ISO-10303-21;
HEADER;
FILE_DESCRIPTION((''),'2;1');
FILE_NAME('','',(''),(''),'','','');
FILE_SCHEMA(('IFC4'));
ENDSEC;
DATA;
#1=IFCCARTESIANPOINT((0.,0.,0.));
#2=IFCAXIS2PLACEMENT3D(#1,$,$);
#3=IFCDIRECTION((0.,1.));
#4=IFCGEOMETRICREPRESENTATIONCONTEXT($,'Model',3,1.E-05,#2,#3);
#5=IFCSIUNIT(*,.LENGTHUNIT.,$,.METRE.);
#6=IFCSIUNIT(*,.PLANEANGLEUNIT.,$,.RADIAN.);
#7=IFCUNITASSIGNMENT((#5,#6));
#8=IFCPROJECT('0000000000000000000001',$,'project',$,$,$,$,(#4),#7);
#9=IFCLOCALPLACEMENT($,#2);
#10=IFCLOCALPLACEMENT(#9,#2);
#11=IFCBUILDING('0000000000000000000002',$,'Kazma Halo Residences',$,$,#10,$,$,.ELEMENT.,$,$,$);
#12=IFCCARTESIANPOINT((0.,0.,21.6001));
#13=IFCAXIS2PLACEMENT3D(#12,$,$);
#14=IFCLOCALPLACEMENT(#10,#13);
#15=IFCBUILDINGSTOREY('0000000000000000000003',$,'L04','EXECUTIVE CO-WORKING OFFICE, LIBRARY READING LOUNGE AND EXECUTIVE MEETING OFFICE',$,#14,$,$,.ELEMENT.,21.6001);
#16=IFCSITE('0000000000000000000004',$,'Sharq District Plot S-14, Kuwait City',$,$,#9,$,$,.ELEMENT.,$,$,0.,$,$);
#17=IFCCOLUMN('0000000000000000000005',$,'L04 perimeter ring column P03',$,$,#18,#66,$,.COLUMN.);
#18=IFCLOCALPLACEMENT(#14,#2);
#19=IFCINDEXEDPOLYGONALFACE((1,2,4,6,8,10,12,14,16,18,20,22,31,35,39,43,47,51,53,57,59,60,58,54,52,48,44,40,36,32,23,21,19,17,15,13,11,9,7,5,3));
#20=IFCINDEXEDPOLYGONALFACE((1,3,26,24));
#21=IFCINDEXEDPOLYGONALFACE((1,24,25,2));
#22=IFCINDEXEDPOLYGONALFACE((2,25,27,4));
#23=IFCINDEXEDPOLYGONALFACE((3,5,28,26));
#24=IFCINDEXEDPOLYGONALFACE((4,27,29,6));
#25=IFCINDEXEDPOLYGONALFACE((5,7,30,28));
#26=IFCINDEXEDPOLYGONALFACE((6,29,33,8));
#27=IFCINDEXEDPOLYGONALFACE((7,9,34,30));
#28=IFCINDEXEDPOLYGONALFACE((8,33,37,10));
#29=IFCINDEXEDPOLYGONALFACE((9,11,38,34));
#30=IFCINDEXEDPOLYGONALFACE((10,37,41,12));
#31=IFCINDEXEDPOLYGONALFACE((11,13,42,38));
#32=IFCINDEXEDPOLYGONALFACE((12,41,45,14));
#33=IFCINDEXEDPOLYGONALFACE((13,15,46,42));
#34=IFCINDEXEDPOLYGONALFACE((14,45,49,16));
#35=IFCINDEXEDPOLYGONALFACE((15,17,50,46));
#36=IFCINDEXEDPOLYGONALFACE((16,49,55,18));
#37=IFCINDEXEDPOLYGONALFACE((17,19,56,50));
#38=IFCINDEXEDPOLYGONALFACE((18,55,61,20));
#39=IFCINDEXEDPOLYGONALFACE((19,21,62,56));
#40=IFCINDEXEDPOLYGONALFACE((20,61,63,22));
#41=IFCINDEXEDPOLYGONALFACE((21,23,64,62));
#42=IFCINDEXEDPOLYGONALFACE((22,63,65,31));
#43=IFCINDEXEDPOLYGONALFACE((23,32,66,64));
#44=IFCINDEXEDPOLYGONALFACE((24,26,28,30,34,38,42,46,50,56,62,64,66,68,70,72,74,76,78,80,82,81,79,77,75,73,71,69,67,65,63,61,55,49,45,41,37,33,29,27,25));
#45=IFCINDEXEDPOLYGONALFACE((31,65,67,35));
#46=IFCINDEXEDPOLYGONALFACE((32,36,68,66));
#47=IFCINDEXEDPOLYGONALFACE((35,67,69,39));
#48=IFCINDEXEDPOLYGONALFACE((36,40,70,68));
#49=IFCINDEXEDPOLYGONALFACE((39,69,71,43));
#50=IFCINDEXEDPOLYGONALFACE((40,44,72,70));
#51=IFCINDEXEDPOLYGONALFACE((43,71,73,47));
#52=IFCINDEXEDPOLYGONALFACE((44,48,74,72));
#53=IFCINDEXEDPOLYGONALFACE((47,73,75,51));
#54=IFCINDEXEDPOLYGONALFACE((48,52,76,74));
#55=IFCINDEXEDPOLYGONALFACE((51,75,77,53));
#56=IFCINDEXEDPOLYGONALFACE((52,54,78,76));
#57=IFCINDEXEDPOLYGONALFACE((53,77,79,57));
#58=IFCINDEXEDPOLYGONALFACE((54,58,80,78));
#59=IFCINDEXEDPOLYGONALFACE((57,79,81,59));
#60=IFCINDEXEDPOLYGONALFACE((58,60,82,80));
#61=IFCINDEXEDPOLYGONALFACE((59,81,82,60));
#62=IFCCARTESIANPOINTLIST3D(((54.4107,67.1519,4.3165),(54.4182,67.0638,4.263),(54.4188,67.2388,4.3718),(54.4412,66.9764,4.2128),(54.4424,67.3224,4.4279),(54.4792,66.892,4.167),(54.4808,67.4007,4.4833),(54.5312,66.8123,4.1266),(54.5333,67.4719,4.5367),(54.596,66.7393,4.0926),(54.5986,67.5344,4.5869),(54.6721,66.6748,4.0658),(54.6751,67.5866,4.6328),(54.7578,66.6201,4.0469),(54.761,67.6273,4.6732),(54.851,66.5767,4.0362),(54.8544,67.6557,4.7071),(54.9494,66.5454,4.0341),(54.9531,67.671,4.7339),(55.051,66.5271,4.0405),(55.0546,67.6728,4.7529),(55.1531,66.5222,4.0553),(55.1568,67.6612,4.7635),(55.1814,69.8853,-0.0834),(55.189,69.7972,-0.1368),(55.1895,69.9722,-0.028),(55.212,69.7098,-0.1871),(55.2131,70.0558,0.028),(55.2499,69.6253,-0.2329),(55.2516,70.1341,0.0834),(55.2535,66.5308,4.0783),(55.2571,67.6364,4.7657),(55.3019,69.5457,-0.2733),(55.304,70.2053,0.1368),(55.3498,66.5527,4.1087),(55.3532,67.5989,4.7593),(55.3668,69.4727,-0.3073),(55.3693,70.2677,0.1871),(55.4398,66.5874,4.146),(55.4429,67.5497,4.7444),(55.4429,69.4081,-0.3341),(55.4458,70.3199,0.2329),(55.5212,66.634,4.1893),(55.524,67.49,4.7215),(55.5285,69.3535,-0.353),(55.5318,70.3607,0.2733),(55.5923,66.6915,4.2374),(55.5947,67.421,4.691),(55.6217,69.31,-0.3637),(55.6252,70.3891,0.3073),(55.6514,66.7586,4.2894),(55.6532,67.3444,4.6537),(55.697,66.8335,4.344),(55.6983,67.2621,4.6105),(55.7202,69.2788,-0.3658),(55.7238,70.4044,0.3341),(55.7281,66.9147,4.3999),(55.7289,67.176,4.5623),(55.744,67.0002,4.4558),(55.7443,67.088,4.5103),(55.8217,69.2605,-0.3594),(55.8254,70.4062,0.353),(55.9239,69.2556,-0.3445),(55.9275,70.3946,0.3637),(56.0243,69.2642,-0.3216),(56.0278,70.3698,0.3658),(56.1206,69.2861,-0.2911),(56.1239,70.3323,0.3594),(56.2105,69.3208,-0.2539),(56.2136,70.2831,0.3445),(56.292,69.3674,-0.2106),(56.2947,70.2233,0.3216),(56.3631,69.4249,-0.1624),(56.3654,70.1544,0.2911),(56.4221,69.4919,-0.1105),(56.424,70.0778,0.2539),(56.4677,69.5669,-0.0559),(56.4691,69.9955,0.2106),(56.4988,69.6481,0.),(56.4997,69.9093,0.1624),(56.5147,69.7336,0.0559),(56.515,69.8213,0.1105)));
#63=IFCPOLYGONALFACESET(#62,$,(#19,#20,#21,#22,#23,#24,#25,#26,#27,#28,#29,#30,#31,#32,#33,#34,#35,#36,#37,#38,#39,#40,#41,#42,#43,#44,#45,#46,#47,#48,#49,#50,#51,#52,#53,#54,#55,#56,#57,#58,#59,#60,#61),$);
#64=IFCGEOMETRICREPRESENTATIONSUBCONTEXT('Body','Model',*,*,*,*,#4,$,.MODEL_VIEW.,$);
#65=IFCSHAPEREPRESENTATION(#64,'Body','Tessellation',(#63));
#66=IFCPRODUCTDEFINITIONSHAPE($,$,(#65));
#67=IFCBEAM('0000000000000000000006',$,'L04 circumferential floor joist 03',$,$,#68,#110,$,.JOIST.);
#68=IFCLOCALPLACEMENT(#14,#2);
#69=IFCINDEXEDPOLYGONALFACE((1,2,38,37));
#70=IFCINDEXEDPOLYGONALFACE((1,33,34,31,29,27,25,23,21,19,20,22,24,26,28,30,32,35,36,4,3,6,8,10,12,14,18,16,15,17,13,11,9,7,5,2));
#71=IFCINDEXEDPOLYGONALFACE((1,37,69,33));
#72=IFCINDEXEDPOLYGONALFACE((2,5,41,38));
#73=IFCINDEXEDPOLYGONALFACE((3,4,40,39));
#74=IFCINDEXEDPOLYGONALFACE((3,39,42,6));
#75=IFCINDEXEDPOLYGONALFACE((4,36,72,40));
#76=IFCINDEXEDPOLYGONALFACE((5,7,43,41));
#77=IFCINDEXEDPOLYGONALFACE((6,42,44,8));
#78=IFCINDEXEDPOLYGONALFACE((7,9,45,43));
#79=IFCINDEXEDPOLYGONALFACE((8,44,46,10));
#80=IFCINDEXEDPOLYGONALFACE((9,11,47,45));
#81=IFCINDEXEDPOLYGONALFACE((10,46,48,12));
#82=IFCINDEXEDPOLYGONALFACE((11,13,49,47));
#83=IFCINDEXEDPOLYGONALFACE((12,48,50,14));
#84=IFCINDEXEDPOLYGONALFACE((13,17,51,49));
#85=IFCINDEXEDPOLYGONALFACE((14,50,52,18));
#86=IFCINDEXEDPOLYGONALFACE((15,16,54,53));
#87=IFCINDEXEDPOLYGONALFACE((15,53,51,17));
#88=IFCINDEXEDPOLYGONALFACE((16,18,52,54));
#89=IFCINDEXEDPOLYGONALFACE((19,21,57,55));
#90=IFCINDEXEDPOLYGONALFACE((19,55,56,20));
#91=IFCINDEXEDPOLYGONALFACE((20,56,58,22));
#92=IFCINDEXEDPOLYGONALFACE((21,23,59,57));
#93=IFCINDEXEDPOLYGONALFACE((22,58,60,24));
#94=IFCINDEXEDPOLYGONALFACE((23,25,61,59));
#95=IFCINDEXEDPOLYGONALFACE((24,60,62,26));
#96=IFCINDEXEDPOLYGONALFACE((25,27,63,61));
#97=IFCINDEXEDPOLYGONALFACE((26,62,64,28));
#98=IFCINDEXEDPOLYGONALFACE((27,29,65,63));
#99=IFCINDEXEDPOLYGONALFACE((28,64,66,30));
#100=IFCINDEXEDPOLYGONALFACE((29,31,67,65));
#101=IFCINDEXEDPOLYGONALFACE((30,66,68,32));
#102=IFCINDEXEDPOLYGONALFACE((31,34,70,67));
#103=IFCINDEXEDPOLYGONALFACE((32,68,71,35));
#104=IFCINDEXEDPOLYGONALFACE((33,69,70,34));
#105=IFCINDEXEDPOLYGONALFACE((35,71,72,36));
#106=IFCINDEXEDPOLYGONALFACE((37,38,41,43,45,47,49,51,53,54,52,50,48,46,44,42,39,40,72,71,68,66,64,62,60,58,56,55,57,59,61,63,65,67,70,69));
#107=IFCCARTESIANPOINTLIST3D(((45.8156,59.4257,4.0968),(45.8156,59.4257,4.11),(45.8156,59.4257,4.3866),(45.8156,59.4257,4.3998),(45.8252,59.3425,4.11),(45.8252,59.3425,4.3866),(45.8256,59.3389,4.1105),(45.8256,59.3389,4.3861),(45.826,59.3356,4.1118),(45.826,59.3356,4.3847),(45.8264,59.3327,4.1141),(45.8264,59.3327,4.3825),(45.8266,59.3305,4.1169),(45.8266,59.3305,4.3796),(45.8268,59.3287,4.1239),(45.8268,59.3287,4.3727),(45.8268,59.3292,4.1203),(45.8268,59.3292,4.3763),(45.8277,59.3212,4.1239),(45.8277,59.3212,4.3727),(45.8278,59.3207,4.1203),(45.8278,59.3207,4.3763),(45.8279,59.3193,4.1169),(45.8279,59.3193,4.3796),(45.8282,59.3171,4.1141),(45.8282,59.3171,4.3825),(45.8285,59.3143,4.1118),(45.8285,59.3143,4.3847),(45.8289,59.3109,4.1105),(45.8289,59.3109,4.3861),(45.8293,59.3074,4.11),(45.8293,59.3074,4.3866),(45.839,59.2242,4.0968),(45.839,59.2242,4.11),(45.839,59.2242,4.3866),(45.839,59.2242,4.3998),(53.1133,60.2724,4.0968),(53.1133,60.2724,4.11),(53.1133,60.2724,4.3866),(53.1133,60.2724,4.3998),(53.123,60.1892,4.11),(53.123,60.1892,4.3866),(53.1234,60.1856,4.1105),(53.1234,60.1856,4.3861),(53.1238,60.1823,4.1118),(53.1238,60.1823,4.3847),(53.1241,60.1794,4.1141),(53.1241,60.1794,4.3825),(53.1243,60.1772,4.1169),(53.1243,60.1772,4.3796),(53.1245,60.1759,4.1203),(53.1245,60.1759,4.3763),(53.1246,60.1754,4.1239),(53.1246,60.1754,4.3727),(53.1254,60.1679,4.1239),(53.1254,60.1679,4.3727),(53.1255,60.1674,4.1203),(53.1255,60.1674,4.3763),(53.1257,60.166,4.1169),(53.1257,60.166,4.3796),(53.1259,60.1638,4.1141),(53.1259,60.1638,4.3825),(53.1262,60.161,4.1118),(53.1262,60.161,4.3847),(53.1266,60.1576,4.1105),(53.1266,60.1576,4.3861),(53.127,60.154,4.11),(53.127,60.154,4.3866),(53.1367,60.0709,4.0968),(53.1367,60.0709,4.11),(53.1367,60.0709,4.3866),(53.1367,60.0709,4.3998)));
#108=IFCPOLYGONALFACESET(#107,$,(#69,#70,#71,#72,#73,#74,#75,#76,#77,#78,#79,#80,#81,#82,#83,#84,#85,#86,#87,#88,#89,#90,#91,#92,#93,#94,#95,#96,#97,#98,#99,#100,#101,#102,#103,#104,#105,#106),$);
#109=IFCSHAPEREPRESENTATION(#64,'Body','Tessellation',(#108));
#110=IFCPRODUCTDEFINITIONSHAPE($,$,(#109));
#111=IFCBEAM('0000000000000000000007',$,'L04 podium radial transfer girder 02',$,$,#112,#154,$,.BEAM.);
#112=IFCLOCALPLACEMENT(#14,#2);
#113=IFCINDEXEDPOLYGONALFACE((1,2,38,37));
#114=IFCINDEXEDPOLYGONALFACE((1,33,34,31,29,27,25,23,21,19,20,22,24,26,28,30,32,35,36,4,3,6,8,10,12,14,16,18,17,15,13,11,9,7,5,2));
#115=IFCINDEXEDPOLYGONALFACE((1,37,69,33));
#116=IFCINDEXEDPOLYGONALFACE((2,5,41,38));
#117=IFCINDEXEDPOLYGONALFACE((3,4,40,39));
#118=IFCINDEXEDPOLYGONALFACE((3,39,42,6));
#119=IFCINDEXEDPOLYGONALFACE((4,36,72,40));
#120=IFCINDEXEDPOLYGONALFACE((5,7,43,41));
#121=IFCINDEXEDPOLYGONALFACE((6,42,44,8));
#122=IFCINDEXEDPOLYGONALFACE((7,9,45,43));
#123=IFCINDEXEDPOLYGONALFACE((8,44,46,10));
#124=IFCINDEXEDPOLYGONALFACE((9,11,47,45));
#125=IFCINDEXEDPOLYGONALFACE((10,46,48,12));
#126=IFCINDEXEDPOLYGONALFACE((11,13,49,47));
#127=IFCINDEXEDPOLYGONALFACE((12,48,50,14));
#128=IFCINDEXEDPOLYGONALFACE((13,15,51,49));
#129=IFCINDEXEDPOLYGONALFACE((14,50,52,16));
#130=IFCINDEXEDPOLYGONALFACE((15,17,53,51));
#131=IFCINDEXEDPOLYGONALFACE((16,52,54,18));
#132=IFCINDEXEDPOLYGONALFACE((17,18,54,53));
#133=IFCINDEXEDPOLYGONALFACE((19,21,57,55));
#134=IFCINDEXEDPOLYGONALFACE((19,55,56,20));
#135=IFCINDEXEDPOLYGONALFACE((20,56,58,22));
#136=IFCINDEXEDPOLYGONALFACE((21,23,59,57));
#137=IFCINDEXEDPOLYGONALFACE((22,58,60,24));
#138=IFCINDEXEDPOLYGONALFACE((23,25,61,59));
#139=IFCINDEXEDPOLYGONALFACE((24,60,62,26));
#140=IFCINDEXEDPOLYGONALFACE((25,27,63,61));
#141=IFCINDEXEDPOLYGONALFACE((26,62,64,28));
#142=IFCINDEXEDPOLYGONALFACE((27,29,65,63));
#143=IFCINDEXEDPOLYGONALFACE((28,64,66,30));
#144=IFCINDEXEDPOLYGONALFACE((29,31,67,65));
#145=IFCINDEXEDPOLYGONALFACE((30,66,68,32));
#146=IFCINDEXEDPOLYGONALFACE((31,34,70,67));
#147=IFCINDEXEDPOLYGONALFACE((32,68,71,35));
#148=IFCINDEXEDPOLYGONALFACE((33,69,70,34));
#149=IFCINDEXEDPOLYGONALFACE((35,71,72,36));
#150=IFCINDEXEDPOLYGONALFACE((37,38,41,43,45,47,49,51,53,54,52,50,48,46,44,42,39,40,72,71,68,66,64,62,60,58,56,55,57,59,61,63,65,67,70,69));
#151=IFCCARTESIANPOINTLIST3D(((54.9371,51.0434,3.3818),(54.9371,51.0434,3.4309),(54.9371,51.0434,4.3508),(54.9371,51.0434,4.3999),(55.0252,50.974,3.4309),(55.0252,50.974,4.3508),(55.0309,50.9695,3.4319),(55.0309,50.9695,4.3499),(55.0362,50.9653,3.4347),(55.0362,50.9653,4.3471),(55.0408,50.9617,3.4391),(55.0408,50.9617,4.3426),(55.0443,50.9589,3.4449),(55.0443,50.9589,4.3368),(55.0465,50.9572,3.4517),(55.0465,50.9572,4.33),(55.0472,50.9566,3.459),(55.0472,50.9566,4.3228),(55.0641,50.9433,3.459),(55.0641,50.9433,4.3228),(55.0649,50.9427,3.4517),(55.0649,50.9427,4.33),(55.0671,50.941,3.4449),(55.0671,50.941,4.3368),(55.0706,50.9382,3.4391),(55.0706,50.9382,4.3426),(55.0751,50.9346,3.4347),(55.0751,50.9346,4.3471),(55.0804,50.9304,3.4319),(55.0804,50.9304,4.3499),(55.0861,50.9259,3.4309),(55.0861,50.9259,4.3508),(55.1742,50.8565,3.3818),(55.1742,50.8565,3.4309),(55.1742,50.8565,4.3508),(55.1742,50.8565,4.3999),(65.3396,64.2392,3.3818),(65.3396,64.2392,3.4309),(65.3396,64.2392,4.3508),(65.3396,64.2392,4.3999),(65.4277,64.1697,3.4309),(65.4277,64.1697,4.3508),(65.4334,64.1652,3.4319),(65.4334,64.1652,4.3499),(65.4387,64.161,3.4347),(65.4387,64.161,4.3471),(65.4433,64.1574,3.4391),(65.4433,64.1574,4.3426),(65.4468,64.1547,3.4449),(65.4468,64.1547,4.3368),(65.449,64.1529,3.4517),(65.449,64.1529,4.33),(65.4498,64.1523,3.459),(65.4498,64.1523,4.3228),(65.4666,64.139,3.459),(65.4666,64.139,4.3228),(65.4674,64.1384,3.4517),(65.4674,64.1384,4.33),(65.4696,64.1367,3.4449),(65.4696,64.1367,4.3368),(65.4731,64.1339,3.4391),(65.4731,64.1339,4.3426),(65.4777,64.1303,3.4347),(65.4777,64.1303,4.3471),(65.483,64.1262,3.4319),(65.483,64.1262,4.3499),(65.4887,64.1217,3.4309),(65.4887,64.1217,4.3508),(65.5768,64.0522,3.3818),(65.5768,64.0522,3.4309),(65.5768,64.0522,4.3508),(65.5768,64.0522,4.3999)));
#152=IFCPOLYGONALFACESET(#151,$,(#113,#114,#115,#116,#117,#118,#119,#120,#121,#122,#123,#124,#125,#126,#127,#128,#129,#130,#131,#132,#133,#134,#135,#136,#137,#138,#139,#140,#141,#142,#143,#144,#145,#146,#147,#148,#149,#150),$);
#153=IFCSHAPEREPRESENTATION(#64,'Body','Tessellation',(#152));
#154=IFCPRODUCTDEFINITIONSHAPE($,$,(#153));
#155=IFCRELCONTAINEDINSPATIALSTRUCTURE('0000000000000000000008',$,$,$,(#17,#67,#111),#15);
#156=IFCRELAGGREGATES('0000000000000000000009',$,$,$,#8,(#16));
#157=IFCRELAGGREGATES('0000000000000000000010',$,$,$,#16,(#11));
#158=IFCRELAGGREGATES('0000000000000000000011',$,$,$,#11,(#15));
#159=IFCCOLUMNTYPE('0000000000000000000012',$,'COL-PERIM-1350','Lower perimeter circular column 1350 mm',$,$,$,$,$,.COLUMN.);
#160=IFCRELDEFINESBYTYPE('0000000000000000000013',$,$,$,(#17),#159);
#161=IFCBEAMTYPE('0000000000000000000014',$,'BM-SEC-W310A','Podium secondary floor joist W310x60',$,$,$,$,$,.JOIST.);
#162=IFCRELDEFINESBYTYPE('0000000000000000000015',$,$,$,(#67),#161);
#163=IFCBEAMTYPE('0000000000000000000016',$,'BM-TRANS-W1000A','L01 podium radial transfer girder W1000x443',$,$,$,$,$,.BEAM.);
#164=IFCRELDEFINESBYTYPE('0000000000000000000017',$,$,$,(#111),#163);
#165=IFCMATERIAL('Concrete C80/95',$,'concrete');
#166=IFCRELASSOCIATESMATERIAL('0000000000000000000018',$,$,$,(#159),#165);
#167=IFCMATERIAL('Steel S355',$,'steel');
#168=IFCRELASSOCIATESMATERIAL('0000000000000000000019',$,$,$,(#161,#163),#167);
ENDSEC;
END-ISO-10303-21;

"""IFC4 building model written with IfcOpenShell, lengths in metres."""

from ifc_helpers import new_model, si_unit, direction, frame, origin, origin_2d, place, context, subcontext, project, spatial, circle, i_section, extrude, material, material_profile, profile_set, type_object, element, save


model = new_model("IFC4")

# Units and contexts
model_context = context("Model", 3, precision=1e-05, world=origin(), true_north=direction((0.0, 1.0)))
body_context = subcontext(model_context, "Body", "Model", "MODEL_VIEW")
ifc_project = project(units=[si_unit("LENGTHUNIT", "METRE"), si_unit("PLANEANGLEUNIT", "RADIAN")], contexts=[model_context])

# Site, building, storey
site_placement = place(None, origin())
site = spatial("IfcSite", under=ifc_project, at=site_placement, Name="Sharq District Plot S-14, Kuwait City", CompositionType="ELEMENT", RefElevation=0.0)
building_placement = place(site_placement, origin())
building = spatial("IfcBuilding", under=site, at=building_placement, Name="Kazma Halo Residences", CompositionType="ELEMENT")
storey_placement = place(building_placement, frame((0.0, 0.0, 21.6001)))
storey = spatial("IfcBuildingStorey", under=building, at=storey_placement, Name="L04", Description="EXECUTIVE CO-WORKING OFFICE, LIBRARY READING LOUNGE AND EXECUTIVE MEETING OFFICE", CompositionType="ELEMENT", Elevation=21.6001)

# Column
ifc_material_1 = material(Name="Concrete C80/95", Category="concrete")
ifc_material_profile_1 = material_profile(ifc_material_1, circle(Radius=0.675, at=origin_2d()), Name="CIRC1350")
ifc_profile_set_1 = profile_set([ifc_material_profile_1], Name="Concrete C80/95")
column_type = type_object("IfcColumnType", Name="COL-PERIM-1350", Description="Lower perimeter circular column 1350 mm", PredefinedType="COLUMN", material=ifc_profile_set_1)
column_placement = place(storey_placement, frame((55.8491, 69.8313, 0.0), z_axis=(-0.147178, -0.521954, 0.84018), x_axis=(0.962469, -0.271393, 0.0)))
element("IfcColumn", 1, at=column_placement, inside=storey, type_object=column_type, Name="L04 perimeter ring column P03", PredefinedType="COLUMN", context=body_context, shape_type="SweptSolid", body=[
    extrude(circle(Radius=0.675, at=origin_2d()), origin(), (0.0, 0.0, 1.0), 5.2368),
])

# Beams
ifc_material_2 = material(Name="Steel S355", Category="steel")
ifc_material_profile_2 = material_profile(ifc_material_2, i_section(OverallWidth=0.2029, OverallDepth=0.303, WebThickness=0.0076, FlangeThickness=0.0132, FilletRadius=0.0139, at=origin_2d()), Name="W310x60")
ifc_profile_set_2 = profile_set([ifc_material_profile_2], Name="Steel S355")
beam_type_1 = type_object("IfcBeamType", Name="BM-SEC-W310A", Description="Podium secondary floor joist W310x60", PredefinedType="JOIST", material=ifc_profile_set_2)
beam_1_placement = place(storey_placement, frame((53.125, 60.1716, 4.2483), z_axis=(-0.993337, -0.115248, 0.0), x_axis=(0.115248, -0.993337, 0.0)))
element("IfcBeam", 2, at=beam_1_placement, inside=storey, type_object=beam_type_1, Name="L04 circumferential floor joist 03", PredefinedType="JOIST", context=body_context, shape_type="SweptSolid", body=[
    extrude(i_section(OverallWidth=0.2029, OverallDepth=0.303, WebThickness=0.0076, FlangeThickness=0.0132, FilletRadius=0.0139, at=origin_2d()), origin(), (0.0, 0.0, 1.0), 7.3467),
])
ifc_material_profile_3 = material_profile(ifc_material_2, i_section(OverallWidth=0.302, OverallDepth=1.0181, WebThickness=0.0215, FlangeThickness=0.0491, FilletRadius=0.0281, at=origin_2d()), Name="W1000x443")
ifc_profile_set_3 = profile_set([ifc_material_profile_3], Name="Steel S355")
beam_type_2 = type_object("IfcBeamType", Name="BM-TRANS-W1000A", Description="L01 podium radial transfer girder W1000x443", PredefinedType="BEAM", material=ifc_profile_set_3)
beam_2_placement = place(storey_placement, frame((55.0557, 50.95, 3.8909), z_axis=(0.619089, 0.785321, 0.0), x_axis=(-0.785321, 0.619089, 0.0)))
element("IfcBeam", 3, at=beam_2_placement, inside=storey, type_object=beam_type_2, Name="L04 podium radial transfer girder 02", PredefinedType="BEAM", context=body_context, shape_type="SweptSolid", body=[
    extrude(i_section(OverallWidth=0.302, OverallDepth=1.0181, WebThickness=0.0215, FlangeThickness=0.0491, FilletRadius=0.0281, at=origin_2d()), origin(), (0.0, 0.0, 1.0), 16.803),
])

save(model, "model.ifc")
